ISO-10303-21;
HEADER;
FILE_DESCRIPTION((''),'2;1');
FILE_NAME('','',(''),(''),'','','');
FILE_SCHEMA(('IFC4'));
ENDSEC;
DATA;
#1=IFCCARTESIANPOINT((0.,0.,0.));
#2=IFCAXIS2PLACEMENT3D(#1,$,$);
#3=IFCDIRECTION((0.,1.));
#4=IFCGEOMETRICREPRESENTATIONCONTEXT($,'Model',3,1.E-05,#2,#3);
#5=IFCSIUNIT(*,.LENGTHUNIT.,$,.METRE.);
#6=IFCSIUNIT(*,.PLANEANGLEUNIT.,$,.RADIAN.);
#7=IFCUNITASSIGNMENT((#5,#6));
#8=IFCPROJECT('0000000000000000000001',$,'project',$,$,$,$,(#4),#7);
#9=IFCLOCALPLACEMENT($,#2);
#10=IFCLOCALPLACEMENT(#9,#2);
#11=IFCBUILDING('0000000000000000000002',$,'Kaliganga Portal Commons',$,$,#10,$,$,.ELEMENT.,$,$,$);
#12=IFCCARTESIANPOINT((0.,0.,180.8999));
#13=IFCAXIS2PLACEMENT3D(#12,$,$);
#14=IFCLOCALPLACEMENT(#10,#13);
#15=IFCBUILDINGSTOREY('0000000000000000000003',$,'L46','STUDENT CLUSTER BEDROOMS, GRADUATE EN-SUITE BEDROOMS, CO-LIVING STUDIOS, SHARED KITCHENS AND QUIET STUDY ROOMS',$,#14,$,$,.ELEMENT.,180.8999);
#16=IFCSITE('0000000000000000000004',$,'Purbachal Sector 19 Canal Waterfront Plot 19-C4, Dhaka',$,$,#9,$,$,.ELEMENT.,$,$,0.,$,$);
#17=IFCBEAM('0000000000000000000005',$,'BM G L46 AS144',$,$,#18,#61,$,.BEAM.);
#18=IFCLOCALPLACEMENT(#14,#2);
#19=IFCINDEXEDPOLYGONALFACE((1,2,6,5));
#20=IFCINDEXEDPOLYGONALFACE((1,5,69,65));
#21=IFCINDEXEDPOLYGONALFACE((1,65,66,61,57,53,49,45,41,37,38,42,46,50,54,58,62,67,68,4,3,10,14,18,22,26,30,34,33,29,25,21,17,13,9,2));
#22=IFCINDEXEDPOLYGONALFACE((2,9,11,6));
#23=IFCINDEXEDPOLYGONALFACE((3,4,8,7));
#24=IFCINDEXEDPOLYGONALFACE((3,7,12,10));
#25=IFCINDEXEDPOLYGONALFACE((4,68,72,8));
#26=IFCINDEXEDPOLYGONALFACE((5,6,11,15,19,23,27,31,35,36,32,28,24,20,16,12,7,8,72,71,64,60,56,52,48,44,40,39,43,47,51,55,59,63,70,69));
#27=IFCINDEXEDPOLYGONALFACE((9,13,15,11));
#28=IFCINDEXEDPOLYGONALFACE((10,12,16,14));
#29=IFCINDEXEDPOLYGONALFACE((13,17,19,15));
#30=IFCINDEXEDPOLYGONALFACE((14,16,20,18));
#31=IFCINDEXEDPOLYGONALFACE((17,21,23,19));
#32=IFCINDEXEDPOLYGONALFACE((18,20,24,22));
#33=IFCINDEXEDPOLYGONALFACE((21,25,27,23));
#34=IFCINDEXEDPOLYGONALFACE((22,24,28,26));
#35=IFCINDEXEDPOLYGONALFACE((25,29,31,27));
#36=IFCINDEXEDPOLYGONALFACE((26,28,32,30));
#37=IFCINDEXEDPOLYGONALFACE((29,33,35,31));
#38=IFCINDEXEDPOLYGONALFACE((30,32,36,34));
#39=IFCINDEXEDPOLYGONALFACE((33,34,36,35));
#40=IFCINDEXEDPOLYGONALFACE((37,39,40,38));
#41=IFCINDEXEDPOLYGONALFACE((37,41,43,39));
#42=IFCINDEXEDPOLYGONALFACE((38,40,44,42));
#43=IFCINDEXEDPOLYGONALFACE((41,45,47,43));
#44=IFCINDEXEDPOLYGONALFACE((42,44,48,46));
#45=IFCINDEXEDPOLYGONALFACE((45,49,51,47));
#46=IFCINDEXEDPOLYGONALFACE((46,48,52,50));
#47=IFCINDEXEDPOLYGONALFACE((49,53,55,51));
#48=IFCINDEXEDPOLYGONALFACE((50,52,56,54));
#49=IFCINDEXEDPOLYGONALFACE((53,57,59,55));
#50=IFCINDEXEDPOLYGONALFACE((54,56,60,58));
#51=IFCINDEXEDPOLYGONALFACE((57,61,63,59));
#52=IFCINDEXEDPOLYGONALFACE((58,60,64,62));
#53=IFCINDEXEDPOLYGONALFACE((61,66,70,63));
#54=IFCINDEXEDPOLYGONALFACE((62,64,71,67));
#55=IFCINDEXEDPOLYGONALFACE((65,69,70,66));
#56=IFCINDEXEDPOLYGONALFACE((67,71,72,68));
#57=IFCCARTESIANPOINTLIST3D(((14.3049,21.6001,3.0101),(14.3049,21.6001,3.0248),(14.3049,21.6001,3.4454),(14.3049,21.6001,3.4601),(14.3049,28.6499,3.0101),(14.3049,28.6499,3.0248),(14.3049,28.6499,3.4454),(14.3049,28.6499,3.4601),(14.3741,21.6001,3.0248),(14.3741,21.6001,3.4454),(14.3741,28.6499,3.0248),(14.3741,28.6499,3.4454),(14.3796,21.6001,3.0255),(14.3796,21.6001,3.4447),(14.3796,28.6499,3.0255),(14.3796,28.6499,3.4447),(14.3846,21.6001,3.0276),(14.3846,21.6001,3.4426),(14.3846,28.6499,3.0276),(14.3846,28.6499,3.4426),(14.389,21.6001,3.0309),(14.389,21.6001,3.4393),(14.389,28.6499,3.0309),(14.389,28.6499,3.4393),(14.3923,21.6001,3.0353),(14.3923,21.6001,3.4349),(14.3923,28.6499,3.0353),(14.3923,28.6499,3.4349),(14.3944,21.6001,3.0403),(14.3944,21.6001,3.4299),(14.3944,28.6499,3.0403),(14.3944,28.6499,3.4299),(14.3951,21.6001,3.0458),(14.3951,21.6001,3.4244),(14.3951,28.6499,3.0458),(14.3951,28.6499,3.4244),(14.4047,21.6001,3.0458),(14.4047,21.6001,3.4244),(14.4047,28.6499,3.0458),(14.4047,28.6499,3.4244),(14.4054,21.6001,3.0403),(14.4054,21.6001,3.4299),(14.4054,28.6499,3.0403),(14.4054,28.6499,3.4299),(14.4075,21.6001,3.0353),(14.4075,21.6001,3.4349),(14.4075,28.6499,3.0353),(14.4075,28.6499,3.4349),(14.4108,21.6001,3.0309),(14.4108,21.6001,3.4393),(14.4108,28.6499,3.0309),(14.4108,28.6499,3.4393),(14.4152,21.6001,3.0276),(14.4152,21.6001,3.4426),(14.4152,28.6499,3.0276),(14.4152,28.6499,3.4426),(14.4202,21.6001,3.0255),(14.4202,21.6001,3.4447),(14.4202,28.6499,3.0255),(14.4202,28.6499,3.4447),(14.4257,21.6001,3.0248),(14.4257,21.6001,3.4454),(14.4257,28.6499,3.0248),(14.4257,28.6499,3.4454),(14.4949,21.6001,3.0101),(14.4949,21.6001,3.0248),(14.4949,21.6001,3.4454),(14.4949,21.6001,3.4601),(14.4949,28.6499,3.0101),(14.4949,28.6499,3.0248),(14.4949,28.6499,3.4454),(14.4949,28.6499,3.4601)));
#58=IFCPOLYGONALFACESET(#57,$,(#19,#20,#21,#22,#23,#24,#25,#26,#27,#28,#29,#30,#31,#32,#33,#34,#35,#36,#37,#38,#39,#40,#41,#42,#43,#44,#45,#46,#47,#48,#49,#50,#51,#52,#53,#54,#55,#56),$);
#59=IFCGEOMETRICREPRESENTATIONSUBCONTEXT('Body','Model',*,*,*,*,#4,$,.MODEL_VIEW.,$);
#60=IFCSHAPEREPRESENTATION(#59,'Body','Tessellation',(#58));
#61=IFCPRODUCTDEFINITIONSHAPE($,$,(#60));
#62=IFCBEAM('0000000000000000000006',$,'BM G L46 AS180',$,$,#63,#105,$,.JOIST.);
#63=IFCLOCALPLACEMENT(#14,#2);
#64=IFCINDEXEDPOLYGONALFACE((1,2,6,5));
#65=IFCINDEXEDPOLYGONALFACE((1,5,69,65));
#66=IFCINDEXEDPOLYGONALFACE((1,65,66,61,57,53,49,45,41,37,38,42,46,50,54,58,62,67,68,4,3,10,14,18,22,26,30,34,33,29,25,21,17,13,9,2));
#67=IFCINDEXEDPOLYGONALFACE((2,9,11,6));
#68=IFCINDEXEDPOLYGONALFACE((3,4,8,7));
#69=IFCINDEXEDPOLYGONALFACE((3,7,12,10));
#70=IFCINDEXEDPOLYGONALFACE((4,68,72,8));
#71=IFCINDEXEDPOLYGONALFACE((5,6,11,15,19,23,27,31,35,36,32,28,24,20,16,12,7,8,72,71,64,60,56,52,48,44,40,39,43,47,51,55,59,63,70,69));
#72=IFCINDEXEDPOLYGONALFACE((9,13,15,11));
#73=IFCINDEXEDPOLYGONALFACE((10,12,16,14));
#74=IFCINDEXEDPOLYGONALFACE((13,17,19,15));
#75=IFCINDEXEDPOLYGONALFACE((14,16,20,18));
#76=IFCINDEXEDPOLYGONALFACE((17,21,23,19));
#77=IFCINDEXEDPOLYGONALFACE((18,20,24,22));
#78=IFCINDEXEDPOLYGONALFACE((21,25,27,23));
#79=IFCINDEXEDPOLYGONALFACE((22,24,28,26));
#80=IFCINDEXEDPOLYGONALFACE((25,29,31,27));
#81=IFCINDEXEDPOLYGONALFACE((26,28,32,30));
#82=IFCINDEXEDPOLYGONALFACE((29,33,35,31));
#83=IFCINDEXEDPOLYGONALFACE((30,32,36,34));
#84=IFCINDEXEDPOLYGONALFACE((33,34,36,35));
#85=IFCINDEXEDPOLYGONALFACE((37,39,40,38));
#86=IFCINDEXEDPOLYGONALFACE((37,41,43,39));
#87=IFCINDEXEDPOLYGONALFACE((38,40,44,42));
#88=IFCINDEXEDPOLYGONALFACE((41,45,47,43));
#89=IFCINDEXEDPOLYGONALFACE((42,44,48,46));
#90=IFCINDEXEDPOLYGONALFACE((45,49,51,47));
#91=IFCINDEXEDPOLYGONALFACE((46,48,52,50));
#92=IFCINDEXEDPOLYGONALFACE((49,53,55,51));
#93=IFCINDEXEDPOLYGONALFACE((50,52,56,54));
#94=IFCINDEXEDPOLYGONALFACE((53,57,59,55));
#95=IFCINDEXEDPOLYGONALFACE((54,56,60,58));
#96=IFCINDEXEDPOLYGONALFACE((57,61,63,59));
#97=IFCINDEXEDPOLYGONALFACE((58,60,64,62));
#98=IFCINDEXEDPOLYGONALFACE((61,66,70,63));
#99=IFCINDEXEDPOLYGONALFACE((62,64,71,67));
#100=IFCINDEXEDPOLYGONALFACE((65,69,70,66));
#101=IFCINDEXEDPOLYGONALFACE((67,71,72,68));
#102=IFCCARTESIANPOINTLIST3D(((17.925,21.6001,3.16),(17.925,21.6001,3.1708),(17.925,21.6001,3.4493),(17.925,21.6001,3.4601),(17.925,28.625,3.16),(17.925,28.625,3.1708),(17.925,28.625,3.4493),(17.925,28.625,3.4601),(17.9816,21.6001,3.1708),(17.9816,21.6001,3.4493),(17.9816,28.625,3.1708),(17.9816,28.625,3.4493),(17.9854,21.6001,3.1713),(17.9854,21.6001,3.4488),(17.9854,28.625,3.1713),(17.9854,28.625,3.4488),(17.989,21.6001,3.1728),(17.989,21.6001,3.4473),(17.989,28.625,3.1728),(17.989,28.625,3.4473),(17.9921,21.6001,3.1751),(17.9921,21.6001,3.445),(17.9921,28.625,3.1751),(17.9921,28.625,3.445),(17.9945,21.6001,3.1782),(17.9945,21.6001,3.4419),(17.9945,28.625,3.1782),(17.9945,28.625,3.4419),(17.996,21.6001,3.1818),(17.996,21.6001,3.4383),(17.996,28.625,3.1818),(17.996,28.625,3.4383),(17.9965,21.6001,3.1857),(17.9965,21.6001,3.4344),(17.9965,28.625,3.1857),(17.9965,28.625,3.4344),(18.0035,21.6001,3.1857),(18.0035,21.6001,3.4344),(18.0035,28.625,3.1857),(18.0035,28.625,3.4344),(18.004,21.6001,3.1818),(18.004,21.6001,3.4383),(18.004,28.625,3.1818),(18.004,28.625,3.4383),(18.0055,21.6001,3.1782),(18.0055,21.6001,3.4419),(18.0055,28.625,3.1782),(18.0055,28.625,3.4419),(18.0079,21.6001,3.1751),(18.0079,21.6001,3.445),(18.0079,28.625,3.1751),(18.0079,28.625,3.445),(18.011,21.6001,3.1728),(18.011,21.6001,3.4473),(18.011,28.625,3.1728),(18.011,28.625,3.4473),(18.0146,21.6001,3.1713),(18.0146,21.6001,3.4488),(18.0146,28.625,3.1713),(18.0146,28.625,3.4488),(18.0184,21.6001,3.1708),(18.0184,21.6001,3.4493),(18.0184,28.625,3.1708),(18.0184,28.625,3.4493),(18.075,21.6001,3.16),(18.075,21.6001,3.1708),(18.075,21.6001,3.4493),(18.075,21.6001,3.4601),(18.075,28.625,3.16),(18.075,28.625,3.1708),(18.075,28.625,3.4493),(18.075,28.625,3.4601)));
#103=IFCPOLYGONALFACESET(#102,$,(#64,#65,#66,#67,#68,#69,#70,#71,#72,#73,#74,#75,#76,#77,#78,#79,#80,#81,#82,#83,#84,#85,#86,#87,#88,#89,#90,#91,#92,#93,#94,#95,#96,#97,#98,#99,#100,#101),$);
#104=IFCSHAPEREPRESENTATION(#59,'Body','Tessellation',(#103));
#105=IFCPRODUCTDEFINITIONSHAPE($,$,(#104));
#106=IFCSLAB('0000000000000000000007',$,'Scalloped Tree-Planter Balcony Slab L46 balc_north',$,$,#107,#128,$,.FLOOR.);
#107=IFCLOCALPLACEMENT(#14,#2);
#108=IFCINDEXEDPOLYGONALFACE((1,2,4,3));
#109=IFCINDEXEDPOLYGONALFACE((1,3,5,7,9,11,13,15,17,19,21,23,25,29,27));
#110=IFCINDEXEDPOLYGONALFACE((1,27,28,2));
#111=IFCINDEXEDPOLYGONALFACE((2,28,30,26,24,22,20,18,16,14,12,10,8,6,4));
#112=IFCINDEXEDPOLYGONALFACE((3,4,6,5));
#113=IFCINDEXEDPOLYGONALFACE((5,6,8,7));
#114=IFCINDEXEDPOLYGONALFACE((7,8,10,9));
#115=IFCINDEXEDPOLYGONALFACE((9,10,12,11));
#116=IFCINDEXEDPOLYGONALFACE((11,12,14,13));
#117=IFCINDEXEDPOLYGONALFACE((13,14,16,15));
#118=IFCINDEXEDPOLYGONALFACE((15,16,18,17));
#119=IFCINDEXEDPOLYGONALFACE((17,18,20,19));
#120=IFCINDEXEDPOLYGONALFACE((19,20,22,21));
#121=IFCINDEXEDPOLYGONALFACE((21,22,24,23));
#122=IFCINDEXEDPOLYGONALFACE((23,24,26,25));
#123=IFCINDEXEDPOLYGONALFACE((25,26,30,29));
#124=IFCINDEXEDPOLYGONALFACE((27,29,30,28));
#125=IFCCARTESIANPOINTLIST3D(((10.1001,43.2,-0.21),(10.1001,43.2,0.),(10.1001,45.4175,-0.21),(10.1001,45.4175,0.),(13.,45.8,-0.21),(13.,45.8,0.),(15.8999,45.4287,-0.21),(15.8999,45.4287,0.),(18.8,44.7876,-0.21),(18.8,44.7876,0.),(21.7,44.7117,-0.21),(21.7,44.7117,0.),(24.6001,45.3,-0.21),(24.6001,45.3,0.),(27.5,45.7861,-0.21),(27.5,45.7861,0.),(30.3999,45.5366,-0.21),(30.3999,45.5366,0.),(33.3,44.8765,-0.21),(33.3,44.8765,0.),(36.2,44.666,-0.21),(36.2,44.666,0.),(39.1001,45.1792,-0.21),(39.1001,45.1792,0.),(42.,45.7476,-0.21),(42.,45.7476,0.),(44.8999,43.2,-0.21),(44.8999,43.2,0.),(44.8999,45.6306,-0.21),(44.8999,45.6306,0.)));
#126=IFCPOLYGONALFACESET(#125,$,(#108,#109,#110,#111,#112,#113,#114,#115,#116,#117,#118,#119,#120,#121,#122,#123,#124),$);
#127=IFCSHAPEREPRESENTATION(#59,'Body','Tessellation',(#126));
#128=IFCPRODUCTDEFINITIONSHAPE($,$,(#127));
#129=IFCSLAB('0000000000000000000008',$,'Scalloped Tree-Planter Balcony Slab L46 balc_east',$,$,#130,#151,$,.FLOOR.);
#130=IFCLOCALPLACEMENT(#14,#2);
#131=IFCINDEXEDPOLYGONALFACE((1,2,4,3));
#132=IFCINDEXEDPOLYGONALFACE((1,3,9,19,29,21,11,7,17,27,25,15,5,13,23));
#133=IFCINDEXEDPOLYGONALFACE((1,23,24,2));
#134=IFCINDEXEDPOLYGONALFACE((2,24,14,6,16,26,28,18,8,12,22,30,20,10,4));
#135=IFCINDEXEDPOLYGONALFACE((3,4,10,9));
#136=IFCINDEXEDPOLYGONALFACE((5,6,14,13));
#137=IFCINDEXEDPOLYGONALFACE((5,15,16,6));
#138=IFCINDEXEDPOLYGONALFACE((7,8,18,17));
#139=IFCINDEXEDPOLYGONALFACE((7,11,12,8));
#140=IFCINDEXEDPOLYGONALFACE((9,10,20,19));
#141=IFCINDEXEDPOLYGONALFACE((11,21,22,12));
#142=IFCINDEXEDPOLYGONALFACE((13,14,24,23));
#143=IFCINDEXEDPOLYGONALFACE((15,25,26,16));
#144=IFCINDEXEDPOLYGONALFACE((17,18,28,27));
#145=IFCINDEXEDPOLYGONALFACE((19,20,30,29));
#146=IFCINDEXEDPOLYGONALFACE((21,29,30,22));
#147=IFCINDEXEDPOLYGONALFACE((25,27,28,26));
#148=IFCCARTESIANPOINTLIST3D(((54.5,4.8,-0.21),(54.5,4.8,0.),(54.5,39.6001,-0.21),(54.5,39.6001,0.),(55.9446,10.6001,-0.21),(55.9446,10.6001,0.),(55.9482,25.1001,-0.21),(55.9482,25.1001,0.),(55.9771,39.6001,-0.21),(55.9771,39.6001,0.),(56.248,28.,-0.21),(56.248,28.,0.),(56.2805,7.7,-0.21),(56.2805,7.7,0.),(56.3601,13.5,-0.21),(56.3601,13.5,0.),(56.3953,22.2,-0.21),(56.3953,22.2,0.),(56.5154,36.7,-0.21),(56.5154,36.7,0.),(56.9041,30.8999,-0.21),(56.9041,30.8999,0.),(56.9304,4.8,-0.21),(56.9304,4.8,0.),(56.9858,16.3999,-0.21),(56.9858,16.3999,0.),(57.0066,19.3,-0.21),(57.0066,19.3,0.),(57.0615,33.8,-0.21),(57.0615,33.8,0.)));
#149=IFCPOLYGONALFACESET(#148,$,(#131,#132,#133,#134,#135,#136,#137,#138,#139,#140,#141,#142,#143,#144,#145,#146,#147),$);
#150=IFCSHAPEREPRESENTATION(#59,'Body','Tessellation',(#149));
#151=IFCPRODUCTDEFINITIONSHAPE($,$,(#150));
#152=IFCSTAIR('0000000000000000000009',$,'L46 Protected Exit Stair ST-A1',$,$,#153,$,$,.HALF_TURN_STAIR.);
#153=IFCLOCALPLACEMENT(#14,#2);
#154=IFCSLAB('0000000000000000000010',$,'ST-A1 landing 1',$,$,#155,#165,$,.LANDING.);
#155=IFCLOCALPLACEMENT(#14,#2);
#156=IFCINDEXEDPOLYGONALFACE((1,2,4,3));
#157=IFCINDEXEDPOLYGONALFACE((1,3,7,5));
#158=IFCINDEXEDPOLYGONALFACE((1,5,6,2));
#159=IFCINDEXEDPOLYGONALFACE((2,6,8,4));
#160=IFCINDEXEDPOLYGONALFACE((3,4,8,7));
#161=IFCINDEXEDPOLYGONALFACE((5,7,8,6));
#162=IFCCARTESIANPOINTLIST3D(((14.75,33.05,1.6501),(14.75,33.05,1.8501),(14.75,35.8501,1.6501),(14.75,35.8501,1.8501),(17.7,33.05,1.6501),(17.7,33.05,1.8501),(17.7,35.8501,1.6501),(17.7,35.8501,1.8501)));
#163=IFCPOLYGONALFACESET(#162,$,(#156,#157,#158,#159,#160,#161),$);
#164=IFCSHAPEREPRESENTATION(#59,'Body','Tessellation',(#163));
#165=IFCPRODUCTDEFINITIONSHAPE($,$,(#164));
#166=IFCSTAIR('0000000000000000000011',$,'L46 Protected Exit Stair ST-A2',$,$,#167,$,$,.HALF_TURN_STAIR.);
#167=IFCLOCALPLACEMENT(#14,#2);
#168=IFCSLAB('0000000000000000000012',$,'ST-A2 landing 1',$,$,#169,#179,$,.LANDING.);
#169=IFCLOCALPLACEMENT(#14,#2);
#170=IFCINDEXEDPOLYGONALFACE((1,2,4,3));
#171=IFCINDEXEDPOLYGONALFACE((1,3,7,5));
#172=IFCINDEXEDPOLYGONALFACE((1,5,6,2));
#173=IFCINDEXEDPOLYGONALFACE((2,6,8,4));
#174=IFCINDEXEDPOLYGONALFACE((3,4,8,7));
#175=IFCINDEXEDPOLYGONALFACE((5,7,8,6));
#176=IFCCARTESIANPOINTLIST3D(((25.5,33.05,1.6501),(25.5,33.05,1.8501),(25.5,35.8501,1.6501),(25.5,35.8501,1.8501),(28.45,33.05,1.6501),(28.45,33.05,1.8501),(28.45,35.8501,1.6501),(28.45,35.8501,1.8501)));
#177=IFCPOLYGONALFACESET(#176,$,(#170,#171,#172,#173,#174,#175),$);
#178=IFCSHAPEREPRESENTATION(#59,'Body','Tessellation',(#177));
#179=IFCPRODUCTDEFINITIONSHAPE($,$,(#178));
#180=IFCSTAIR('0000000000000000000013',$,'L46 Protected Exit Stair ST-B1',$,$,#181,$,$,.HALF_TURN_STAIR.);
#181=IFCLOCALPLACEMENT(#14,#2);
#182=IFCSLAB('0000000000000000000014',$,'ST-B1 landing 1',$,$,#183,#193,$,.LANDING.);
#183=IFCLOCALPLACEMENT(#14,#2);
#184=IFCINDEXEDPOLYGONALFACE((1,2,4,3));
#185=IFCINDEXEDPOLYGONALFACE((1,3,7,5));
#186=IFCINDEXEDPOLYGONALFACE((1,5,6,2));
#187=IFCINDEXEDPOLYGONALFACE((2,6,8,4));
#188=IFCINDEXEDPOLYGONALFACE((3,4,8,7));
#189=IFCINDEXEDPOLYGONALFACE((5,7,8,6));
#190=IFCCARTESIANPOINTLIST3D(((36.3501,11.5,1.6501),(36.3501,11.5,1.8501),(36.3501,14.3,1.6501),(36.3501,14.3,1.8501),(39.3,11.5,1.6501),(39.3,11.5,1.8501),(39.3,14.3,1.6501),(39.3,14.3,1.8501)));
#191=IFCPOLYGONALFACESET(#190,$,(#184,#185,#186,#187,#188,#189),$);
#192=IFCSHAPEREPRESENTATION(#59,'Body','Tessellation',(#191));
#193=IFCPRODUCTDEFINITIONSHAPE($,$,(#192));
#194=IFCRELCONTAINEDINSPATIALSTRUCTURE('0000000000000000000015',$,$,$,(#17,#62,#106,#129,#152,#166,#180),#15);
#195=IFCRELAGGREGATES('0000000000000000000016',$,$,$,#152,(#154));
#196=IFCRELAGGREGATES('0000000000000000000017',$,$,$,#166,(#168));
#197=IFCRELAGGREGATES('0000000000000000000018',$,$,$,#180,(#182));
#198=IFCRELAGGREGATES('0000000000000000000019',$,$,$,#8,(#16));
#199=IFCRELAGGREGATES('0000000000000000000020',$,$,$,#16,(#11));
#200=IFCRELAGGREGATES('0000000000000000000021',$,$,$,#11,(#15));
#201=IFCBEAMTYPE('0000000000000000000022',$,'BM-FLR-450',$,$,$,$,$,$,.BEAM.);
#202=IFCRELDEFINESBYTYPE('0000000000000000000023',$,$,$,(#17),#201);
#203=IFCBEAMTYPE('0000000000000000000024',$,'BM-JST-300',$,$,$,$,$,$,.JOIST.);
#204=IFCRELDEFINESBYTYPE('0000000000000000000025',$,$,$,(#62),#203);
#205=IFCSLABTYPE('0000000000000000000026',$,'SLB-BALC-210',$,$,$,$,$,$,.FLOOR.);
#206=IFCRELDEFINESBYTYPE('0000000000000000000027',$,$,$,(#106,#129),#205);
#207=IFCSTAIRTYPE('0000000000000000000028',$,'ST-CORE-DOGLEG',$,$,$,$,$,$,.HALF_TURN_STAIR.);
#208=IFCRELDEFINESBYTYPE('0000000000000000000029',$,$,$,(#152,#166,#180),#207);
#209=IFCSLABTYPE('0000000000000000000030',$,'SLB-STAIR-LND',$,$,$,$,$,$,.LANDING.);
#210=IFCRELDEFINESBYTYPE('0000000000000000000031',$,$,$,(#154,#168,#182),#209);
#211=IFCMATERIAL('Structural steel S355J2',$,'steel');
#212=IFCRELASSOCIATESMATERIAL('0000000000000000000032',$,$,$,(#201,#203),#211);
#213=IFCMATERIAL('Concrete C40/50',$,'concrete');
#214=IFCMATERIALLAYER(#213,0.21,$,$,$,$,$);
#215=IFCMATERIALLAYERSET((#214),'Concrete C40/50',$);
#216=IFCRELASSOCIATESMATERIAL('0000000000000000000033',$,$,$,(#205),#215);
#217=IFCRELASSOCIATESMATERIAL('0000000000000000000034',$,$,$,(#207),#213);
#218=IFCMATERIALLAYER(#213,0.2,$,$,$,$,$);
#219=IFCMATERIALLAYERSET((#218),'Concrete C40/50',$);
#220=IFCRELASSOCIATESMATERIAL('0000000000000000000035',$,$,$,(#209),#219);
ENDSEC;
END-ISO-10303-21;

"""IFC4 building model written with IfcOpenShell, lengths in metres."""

from ifc_helpers import new_model, si_unit, direction, frame, origin, origin_2d, place, context, subcontext, project, spatial, polyline, i_section, outline, extrude, source, transform, mapped, material, layer, layer_set, material_profile, profile_set, type_object, element, aggregate, save


model = new_model("IFC4")

# Units and contexts
model_context = context("Model", 3, precision=1e-05, world=origin(), true_north=direction((0.0, 1.0)))
body_context = subcontext(model_context, "Body", "Model", "MODEL_VIEW")
ifc_project = project(units=[si_unit("LENGTHUNIT", "METRE"), si_unit("PLANEANGLEUNIT", "RADIAN")], contexts=[model_context])

# Site, building, storey
site_placement = place(None, origin())
site = spatial("IfcSite", under=ifc_project, at=site_placement, Name="Purbachal Sector 19 Canal Waterfront Plot 19-C4, Dhaka", CompositionType="ELEMENT", RefElevation=0.0)
building_placement = place(site_placement, origin())
building = spatial("IfcBuilding", under=site, at=building_placement, Name="Kaliganga Portal Commons", CompositionType="ELEMENT")
storey_placement = place(building_placement, frame((0.0, 0.0, 180.8999)))
storey = spatial("IfcBuildingStorey", under=building, at=storey_placement, Name="L46", Description="STUDENT CLUSTER BEDROOMS, GRADUATE EN-SUITE BEDROOMS, CO-LIVING STUDIOS, SHARED KITCHENS AND QUIET STUDY ROOMS", CompositionType="ELEMENT", Elevation=180.8999)

# Beams
ifc_material_1 = material(Name="Structural steel S355J2", Category="steel")
ifc_material_profile_1 = material_profile(ifc_material_1, i_section(OverallWidth=0.1899, OverallDepth=0.45, WebThickness=0.0095, FlangeThickness=0.0146, FilletRadius=0.021, at=origin_2d()), Name="IPE 450")
ifc_profile_set_1 = profile_set([ifc_material_profile_1], Name="Structural steel S355J2 wide-flange")
beam_type_1 = type_object("IfcBeamType", Name="BM-FLR-450", PredefinedType="BEAM", material=ifc_profile_set_1)
shared_shape_1 = source(origin(), body_context, "Body", "SweptSolid", [
    extrude(i_section(OverallWidth=0.1899, OverallDepth=0.45, WebThickness=0.0095, FlangeThickness=0.0146, FilletRadius=0.021, at=origin_2d()), origin(), (0.0, 0.0, 1.0), 7.0498),
])
beam_1_placement = place(storey_placement, frame((14.3999, 21.6001, 3.2351), z_axis=(0.0, 1.0, 0.0), x_axis=(-1.0, 0.0, 0.0)))
element("IfcBeam", 1, at=beam_1_placement, inside=storey, type_object=beam_type_1, Name="BM G L46 AS144", PredefinedType="BEAM", context=body_context, shape_type="MappedRepresentation", body=[
    mapped(shared_shape_1, transform((0.0, 0.0, 0.0), x_axis=(1.0, 0.0, 0.0), y_axis=(0.0, 1.0, 0.0), z_axis=(0.0, 0.0, 1.0), scale=1.0)),
])
ifc_material_profile_2 = material_profile(ifc_material_1, i_section(OverallWidth=0.1499, OverallDepth=0.3, WebThickness=0.0071, FlangeThickness=0.0107, FilletRadius=0.0149, at=origin_2d()), Name="IPE 300")
ifc_profile_set_2 = profile_set([ifc_material_profile_2], Name="Structural steel S355J2 wide-flange")
beam_type_2 = type_object("IfcBeamType", Name="BM-JST-300", PredefinedType="JOIST", material=ifc_profile_set_2)
shared_shape_2 = source(origin(), body_context, "Body", "SweptSolid", [
    extrude(i_section(OverallWidth=0.1499, OverallDepth=0.3, WebThickness=0.0071, FlangeThickness=0.0107, FilletRadius=0.0149, at=origin_2d()), origin(), (0.0, 0.0, 1.0), 7.0249),
])
beam_2_placement = place(storey_placement, frame((18.0, 21.6001, 3.3101), z_axis=(0.0, 1.0, 0.0), x_axis=(-1.0, 0.0, 0.0)))
element("IfcBeam", 2, at=beam_2_placement, inside=storey, type_object=beam_type_2, Name="BM G L46 AS180", PredefinedType="JOIST", context=body_context, shape_type="MappedRepresentation", body=[
    mapped(shared_shape_2, transform((0.0, 0.0, 0.0), x_axis=(1.0, 0.0, 0.0), y_axis=(0.0, 1.0, 0.0), z_axis=(0.0, 0.0, 1.0), scale=1.0)),
])

# Slabs
ifc_material_2 = material(Name="Concrete C40/50", Category="concrete")
ifc_layer_1 = layer(ifc_material_2, 0.21)
ifc_layer_set_1 = layer_set([ifc_layer_1], Name="Concrete C40/50")
slab_type_1 = type_object("IfcSlabType", Name="SLB-BALC-210", PredefinedType="FLOOR", material=ifc_layer_set_1)
slab_1_placement = place(storey_placement, frame((0.0, 0.0, -0.21)))
element("IfcSlab", 3, at=slab_1_placement, inside=storey, type_object=slab_type_1, Name="Scalloped Tree-Planter Balcony Slab L46 balc_north", PredefinedType="FLOOR", context=body_context, shape_type="SweptSolid", body=[
    extrude(outline(polyline([(44.8999, 43.2), (44.8999, 45.6306), (42.0, 45.7476), (39.1001, 45.1792), (36.2, 44.666), (33.3, 44.8765), (30.3999, 45.5366), (27.5, 45.7861), (24.6001, 45.3), (21.7, 44.7117), (18.8, 44.7876), (15.8999, 45.4287), (13.0, 45.8), (10.1001, 45.4175), (10.1001, 43.2), (44.8999, 43.2)])), origin(), (0.0, 0.0, 1.0), 0.21),
])
slab_2_placement = place(storey_placement, frame((0.0, 0.0, -0.21)))
element("IfcSlab", 4, at=slab_2_placement, inside=storey, type_object=slab_type_1, Name="Scalloped Tree-Planter Balcony Slab L46 balc_east", PredefinedType="FLOOR", context=body_context, shape_type="SweptSolid", body=[
    extrude(outline(polyline([(54.5, 4.8), (56.9304, 4.8), (56.2805, 7.7), (55.9446, 10.6001), (56.3601, 13.5), (56.9858, 16.3999), (57.0066, 19.3), (56.3953, 22.2), (55.9482, 25.1001), (56.248, 28.0), (56.9041, 30.8999), (57.0615, 33.8), (56.5154, 36.7), (55.9771, 39.6001), (54.5, 39.6001), (54.5, 4.8)])), origin(), (0.0, 0.0, 1.0), 0.21),
])

# Stairs, slabs
stair_type = type_object("IfcStairType", Name="ST-CORE-DOGLEG", PredefinedType="HALF_TURN_STAIR", material=ifc_material_2)
stair_1_placement = place(storey_placement, origin())
stair_1 = element("IfcStair", 5, at=stair_1_placement, inside=storey, type_object=stair_type, Name="L46 Protected Exit Stair ST-A1", PredefinedType="HALF_TURN_STAIR")
ifc_layer_2 = layer(ifc_material_2, 0.2)
ifc_layer_set_2 = layer_set([ifc_layer_2], Name="Concrete C40/50")
slab_type_2 = type_object("IfcSlabType", Name="SLB-STAIR-LND", PredefinedType="LANDING", material=ifc_layer_set_2)
slab_3_placement = place(storey_placement, frame((0.0, 0.0, 1.6501)))
slab_3 = element("IfcSlab", 6, at=slab_3_placement, type_object=slab_type_2, Name="ST-A1 landing 1", PredefinedType="LANDING", context=body_context, shape_type="SweptSolid", body=[
    extrude(outline(polyline([(17.7, 33.05), (17.7, 35.8501), (14.75, 35.8501), (14.75, 33.05), (17.7, 33.05)])), origin(), (0.0, 0.0, 1.0), 0.2),
])
aggregate(stair_1, [slab_3])
stair_2_placement = place(storey_placement, origin())
stair_2 = element("IfcStair", 7, at=stair_2_placement, inside=storey, type_object=stair_type, Name="L46 Protected Exit Stair ST-A2", PredefinedType="HALF_TURN_STAIR")
slab_4_placement = place(storey_placement, frame((0.0, 0.0, 1.6501)))
slab_4 = element("IfcSlab", 8, at=slab_4_placement, type_object=slab_type_2, Name="ST-A2 landing 1", PredefinedType="LANDING", context=body_context, shape_type="SweptSolid", body=[
    extrude(outline(polyline([(28.45, 33.05), (28.45, 35.8501), (25.5, 35.8501), (25.5, 33.05), (28.45, 33.05)])), origin(), (0.0, 0.0, 1.0), 0.2),
])
aggregate(stair_2, [slab_4])
stair_3_placement = place(storey_placement, origin())
stair_3 = element("IfcStair", 9, at=stair_3_placement, inside=storey, type_object=stair_type, Name="L46 Protected Exit Stair ST-B1", PredefinedType="HALF_TURN_STAIR")
slab_5_placement = place(storey_placement, frame((0.0, 0.0, 1.6501)))
slab_5 = element("IfcSlab", 10, at=slab_5_placement, type_object=slab_type_2, Name="ST-B1 landing 1", PredefinedType="LANDING", context=body_context, shape_type="SweptSolid", body=[
    extrude(outline(polyline([(39.3, 11.5), (39.3, 14.3), (36.3501, 14.3), (36.3501, 11.5), (39.3, 11.5)])), origin(), (0.0, 0.0, 1.0), 0.2),
])
aggregate(stair_3, [slab_5])

save(model, "model.ifc")
